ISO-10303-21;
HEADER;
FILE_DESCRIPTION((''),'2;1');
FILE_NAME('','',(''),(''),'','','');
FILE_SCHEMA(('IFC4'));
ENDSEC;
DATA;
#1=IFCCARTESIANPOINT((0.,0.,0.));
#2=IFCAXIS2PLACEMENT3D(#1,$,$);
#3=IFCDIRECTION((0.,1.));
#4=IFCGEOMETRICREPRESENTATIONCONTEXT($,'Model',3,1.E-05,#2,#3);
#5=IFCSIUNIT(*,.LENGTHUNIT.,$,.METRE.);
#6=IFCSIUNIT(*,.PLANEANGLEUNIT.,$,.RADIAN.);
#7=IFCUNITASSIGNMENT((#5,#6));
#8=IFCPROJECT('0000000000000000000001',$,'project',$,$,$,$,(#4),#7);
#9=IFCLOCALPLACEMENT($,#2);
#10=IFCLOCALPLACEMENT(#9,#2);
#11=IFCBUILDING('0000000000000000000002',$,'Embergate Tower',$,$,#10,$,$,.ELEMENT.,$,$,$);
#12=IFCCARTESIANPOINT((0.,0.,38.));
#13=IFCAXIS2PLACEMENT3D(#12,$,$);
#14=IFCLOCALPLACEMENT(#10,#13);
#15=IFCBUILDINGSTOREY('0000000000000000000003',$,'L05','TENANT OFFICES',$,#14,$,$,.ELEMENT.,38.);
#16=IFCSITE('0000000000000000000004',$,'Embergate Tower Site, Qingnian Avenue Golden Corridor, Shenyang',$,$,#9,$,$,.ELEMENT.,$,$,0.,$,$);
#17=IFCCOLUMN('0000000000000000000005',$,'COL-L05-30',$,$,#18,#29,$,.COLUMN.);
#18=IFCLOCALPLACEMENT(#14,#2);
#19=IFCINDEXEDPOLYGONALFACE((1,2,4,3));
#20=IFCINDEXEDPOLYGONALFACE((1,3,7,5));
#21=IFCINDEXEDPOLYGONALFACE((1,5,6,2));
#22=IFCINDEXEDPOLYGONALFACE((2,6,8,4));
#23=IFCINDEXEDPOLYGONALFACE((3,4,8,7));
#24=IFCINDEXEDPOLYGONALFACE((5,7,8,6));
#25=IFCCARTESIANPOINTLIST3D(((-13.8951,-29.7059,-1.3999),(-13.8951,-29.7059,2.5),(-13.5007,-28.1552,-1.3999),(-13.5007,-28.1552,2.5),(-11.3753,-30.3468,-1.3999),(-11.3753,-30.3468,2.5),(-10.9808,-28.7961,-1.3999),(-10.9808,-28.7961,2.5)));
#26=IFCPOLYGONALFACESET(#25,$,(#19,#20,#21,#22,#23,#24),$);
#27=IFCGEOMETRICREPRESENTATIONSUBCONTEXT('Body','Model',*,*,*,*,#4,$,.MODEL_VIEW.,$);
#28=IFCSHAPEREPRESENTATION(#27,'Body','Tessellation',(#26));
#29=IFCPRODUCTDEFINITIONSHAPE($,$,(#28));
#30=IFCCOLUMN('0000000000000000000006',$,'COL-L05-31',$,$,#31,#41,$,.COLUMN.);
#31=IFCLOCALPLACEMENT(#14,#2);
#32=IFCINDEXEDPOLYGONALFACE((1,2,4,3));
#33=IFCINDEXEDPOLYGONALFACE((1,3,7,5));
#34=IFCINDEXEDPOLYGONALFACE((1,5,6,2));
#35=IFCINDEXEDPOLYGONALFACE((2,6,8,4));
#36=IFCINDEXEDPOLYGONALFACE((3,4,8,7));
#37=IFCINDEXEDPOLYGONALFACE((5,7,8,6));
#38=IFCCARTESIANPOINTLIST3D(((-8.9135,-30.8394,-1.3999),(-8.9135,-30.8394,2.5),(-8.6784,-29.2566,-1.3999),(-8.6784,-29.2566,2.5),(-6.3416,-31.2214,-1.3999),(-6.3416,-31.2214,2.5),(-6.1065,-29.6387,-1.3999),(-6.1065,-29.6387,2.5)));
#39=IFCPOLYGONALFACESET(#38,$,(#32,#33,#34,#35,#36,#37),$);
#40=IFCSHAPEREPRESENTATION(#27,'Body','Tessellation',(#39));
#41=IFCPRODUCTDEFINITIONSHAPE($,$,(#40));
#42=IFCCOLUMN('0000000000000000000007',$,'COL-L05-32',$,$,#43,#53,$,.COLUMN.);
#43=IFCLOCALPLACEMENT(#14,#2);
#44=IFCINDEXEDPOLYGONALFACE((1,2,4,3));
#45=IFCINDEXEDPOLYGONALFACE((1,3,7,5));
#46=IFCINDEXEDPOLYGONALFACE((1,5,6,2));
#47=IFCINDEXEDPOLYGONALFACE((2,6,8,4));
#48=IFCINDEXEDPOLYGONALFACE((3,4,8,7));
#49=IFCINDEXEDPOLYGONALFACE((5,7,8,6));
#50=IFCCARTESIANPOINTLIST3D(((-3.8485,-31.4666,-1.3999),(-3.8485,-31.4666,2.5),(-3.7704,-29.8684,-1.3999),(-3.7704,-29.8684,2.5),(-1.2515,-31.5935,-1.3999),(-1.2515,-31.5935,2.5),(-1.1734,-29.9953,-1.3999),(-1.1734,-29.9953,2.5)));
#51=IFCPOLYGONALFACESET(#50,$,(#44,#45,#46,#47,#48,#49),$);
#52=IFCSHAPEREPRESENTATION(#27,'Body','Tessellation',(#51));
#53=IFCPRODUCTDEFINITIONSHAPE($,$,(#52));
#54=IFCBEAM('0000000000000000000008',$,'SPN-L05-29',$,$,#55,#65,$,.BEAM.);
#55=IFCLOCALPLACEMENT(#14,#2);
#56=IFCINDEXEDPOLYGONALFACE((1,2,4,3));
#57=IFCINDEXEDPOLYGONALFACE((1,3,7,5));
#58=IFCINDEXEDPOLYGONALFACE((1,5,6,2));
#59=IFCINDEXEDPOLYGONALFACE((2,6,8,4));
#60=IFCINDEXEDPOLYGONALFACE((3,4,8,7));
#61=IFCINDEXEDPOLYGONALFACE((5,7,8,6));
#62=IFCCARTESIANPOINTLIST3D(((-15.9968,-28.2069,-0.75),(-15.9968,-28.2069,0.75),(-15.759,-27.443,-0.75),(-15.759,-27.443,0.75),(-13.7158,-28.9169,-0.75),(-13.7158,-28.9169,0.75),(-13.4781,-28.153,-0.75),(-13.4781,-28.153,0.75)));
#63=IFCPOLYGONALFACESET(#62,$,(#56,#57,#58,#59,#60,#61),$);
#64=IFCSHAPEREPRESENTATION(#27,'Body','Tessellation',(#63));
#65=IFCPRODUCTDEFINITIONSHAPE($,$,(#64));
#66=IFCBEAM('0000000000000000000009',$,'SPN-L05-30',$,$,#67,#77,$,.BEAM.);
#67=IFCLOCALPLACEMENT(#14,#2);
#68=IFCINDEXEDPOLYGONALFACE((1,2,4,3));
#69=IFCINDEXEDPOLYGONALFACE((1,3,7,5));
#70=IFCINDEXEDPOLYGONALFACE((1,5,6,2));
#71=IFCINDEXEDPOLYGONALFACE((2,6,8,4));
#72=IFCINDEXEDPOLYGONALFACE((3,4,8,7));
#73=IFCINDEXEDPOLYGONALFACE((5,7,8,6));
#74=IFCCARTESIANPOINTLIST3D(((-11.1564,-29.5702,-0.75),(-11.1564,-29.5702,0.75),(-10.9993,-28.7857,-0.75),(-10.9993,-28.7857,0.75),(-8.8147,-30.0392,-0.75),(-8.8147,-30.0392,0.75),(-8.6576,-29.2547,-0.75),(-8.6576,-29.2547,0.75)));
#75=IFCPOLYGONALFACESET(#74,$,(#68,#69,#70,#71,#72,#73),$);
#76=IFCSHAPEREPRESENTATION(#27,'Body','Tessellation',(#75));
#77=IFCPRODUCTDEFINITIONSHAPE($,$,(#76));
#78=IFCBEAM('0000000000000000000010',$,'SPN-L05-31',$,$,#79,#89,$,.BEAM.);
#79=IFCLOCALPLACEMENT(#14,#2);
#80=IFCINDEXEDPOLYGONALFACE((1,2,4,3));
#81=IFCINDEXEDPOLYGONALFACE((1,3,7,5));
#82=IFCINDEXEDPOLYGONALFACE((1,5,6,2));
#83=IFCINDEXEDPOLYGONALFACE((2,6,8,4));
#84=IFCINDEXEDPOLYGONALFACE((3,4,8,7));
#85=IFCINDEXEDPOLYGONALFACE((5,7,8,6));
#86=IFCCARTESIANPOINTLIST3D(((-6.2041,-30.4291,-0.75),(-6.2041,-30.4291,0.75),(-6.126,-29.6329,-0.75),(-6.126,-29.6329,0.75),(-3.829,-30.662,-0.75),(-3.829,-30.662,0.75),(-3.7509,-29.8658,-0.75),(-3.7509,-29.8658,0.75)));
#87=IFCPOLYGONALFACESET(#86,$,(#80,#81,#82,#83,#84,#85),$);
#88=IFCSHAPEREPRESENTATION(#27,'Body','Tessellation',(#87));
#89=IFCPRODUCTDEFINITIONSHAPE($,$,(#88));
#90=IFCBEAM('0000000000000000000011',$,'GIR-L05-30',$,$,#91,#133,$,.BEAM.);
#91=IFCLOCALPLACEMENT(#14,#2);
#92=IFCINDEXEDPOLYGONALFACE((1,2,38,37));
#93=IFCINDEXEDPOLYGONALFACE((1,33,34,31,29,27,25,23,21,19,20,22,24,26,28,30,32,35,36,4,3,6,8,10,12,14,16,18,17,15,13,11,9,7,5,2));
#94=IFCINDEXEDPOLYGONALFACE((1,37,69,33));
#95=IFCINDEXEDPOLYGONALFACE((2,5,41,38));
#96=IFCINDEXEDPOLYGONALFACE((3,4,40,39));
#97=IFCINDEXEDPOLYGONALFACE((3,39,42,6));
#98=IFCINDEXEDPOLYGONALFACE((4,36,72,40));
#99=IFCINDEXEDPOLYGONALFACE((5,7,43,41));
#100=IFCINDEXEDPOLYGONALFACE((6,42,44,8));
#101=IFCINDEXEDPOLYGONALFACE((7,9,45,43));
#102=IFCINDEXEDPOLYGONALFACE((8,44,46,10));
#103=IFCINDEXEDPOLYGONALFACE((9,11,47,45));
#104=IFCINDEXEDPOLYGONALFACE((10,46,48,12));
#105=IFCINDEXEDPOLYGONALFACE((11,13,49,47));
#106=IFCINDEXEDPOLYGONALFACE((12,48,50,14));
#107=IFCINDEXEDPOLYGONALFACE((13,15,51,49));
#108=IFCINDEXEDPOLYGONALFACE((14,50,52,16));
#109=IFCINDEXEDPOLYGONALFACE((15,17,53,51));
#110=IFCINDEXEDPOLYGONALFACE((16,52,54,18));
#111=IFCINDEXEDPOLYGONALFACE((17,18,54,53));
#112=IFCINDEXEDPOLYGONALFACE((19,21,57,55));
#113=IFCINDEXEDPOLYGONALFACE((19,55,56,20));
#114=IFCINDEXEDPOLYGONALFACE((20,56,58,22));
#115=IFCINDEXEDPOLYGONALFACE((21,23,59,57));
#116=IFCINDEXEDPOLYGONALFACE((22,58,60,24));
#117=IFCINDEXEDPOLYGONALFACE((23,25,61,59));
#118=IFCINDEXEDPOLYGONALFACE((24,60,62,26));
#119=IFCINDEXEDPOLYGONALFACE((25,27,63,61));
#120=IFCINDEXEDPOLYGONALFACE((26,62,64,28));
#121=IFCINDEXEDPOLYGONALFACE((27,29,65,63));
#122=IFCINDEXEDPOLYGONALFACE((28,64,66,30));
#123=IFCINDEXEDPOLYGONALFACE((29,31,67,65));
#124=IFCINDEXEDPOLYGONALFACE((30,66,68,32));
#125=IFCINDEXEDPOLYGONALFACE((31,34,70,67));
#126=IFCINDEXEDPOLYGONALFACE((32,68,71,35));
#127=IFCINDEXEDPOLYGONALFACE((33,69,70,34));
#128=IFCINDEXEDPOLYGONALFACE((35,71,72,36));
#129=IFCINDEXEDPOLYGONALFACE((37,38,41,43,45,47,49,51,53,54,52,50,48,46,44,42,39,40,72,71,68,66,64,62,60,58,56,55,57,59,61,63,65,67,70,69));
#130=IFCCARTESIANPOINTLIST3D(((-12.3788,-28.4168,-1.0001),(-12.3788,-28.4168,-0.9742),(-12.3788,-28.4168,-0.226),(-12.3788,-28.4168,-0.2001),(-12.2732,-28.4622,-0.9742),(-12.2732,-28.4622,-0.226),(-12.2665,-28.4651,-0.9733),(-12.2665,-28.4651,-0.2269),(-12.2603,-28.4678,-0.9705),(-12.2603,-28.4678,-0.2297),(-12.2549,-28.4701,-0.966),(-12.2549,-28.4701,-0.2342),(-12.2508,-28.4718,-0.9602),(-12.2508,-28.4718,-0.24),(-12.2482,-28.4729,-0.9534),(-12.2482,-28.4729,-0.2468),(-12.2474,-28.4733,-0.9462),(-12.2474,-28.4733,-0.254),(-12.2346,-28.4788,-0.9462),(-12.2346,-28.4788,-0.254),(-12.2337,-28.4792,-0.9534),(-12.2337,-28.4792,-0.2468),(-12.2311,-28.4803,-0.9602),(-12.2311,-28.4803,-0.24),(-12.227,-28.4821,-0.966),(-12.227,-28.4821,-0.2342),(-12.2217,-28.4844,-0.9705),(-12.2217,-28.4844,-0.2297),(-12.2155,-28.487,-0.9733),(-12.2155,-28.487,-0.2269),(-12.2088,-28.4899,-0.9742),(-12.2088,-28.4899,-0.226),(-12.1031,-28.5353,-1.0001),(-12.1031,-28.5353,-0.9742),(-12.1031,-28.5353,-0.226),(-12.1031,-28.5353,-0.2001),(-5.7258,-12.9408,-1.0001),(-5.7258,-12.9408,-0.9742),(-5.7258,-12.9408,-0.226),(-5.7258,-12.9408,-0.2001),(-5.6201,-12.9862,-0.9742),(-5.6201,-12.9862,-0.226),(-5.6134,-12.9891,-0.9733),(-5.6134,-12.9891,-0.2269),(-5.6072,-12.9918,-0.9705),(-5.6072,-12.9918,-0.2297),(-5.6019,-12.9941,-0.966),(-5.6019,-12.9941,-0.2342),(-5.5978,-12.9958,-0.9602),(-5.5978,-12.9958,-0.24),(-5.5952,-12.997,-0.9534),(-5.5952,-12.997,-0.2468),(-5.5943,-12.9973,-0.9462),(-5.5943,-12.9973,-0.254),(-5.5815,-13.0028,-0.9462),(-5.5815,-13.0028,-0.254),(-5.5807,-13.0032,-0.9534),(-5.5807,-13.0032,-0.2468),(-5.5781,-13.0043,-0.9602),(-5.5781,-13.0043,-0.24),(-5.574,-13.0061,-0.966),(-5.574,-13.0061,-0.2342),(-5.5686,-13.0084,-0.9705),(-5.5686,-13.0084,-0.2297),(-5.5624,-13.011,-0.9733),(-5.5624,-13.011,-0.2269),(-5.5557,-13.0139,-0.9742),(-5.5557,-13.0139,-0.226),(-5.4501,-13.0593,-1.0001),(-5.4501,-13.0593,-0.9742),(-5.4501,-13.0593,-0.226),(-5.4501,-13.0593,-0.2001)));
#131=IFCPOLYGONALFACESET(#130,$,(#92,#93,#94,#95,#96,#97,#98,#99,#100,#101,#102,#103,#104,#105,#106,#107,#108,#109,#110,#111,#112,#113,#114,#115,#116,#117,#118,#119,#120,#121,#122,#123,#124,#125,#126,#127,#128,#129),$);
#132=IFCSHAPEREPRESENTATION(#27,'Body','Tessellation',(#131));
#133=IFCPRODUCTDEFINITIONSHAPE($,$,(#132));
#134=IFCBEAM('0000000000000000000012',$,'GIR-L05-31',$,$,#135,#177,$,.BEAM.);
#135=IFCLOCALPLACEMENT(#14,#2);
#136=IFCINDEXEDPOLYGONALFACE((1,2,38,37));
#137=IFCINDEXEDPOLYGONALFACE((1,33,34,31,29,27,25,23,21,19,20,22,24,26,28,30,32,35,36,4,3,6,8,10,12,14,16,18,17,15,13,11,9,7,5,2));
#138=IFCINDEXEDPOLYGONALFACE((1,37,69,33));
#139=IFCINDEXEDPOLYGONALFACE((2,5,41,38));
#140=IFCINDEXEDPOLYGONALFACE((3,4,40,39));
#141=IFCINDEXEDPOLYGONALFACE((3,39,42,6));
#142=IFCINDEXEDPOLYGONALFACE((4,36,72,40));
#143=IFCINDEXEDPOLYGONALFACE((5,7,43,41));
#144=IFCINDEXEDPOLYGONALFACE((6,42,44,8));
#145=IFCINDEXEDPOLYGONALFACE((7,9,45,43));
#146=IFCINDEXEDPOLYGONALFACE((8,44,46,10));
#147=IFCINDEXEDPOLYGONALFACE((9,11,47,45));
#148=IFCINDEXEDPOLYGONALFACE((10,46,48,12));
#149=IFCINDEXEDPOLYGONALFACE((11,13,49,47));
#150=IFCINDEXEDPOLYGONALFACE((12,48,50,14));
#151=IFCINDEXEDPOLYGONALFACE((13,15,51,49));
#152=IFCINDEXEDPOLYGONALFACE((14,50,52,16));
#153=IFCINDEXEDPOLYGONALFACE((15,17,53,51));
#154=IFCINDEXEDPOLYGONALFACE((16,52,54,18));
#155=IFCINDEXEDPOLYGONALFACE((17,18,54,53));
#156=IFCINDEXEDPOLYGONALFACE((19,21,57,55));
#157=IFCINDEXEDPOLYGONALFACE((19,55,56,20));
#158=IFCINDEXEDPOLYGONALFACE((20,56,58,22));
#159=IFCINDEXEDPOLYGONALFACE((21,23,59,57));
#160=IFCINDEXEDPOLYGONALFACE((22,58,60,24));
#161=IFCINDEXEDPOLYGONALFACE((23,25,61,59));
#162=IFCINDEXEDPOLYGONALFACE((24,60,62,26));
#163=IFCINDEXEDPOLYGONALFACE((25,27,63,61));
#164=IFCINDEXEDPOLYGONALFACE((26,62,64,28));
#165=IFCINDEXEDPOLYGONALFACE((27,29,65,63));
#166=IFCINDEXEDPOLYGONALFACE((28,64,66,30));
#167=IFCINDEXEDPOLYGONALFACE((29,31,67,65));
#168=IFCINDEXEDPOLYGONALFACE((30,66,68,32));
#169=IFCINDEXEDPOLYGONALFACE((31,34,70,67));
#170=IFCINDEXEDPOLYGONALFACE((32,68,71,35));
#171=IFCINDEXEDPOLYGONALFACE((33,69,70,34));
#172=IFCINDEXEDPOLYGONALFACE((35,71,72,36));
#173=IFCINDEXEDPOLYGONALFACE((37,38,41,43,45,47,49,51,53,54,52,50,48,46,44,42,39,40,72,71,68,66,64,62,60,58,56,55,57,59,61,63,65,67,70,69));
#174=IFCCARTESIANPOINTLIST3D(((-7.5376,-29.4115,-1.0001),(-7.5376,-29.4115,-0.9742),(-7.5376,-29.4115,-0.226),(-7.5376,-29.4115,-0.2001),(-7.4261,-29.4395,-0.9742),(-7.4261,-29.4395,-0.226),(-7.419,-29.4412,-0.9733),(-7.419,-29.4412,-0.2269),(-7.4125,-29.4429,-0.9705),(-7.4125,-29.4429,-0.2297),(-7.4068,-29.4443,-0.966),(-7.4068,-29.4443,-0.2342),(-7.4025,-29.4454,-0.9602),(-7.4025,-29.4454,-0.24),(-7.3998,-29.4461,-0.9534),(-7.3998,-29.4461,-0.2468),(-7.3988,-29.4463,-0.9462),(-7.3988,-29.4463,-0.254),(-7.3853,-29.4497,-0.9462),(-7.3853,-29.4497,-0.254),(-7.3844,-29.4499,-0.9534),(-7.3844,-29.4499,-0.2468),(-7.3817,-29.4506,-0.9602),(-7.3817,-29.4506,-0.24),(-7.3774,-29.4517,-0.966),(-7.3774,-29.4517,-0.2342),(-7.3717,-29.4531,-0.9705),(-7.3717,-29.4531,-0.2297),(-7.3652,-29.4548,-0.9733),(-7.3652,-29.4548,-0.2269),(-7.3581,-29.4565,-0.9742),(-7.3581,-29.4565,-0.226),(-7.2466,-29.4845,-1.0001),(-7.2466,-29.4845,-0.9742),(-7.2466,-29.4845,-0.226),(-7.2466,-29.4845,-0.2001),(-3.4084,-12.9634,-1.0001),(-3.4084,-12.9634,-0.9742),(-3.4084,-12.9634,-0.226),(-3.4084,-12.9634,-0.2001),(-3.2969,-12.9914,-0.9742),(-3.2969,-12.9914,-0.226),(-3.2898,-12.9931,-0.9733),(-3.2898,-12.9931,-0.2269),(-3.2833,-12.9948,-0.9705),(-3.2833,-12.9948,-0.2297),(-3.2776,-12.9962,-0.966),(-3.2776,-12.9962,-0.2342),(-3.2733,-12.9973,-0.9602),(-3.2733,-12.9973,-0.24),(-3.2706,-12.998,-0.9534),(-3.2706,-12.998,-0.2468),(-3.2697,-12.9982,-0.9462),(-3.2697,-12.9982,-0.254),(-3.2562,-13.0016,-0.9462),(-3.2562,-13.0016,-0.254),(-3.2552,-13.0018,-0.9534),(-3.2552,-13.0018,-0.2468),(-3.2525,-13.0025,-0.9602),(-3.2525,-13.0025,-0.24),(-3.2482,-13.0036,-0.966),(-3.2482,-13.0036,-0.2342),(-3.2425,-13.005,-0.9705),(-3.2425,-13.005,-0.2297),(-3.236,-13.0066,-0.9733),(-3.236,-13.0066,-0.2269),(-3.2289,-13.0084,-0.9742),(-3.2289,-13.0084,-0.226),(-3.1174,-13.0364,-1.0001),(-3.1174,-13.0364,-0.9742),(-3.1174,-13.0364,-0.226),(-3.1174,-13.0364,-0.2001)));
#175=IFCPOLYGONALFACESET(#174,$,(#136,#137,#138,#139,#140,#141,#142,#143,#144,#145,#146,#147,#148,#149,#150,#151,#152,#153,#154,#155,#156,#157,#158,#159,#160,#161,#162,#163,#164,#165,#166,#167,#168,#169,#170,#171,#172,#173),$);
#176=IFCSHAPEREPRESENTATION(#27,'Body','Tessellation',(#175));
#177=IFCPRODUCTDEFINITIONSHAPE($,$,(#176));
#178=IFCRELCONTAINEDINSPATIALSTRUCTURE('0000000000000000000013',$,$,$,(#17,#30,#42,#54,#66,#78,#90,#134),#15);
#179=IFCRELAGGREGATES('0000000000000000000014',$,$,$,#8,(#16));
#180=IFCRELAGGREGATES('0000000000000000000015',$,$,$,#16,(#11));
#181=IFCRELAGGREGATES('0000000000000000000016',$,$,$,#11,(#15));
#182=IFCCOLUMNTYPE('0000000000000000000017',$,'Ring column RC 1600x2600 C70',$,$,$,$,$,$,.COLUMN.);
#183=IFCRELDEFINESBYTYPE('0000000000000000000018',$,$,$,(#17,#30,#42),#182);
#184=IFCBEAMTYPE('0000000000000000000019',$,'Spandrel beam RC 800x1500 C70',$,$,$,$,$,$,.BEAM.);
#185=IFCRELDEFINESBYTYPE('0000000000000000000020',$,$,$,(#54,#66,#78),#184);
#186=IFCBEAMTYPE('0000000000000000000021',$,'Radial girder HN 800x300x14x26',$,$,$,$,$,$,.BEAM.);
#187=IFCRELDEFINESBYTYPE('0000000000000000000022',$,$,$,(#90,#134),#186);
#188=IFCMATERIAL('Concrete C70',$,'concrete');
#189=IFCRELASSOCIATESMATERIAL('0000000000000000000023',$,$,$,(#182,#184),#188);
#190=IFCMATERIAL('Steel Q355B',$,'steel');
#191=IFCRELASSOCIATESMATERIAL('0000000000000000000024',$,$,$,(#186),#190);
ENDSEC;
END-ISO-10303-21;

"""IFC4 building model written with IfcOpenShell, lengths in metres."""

from ifc_helpers import new_model, si_unit, direction, frame, origin, origin_2d, place, context, subcontext, project, spatial, rectangle, i_section, extrude, source, transform, mapped, material, material_profile, profile_set, type_object, element, save


model = new_model("IFC4")

# Units and contexts
model_context = context("Model", 3, precision=1e-05, world=origin(), true_north=direction((0.0, 1.0)))
body_context = subcontext(model_context, "Body", "Model", "MODEL_VIEW")
ifc_project = project(units=[si_unit("LENGTHUNIT", "METRE"), si_unit("PLANEANGLEUNIT", "RADIAN")], contexts=[model_context])

# Site, building, storey
site_placement = place(None, origin())
site = spatial("IfcSite", under=ifc_project, at=site_placement, Name="Embergate Tower Site, Qingnian Avenue Golden Corridor, Shenyang", CompositionType="ELEMENT", RefElevation=0.0)
building_placement = place(site_placement, origin())
building = spatial("IfcBuilding", under=site, at=building_placement, Name="Embergate Tower", CompositionType="ELEMENT")
storey_placement = place(building_placement, frame((0.0, 0.0, 38.0)))
storey = spatial("IfcBuildingStorey", under=building, at=storey_placement, Name="L05", Description="TENANT OFFICES", CompositionType="ELEMENT", Elevation=38.0)

# Columns
ifc_material_1 = material(Name="Concrete C70", Category="concrete")
ifc_material_profile_1 = material_profile(ifc_material_1, rectangle(XDim=1.6001, YDim=2.6001, at=origin_2d()), Name="RC 1600x2600")
ifc_profile_set_1 = profile_set([ifc_material_profile_1], Name="Concrete C70")
column_type = type_object("IfcColumnType", Name="Ring column RC 1600x2600 C70", PredefinedType="COLUMN", material=ifc_profile_set_1)
shared_shape_1 = source(origin(), body_context, "Body", "SweptSolid", [
    extrude(rectangle(XDim=1.6001, YDim=2.6001, at=origin_2d()), origin(), (0.0, 0.0, 1.0), 3.8999),
])
for number, where, z_axis, x_axis, name in (
    (1, (-12.438, -29.251, -1.3999), (0.0, 0.0, 1.0), (-0.246492, -0.969145, 0.0), "COL-L05-30"),
    (2, (-7.51, -30.239, -1.3999), (0.0, 0.0, 1.0), (-0.146929, -0.989147, 0.0), "COL-L05-31"),
    (3, (-2.511, -30.731, -1.3999), (0.0, 0.0, 1.0), (-0.048815, -0.998808, 0.0), "COL-L05-32"),
):
    element("IfcColumn", number, at=place(storey_placement, frame(where, z_axis=z_axis, x_axis=x_axis)), inside=storey, type_object=column_type, Name=name, PredefinedType="COLUMN", context=body_context, shape_type="MappedRepresentation", body=[
        mapped(shared_shape_1, transform((0.0, 0.0, 0.0))),
    ])

# Beams
ifc_material_profile_2 = material_profile(ifc_material_1, rectangle(XDim=0.8, YDim=1.5, at=origin_2d()), Name="RC 800x1500")
ifc_profile_set_2 = profile_set([ifc_material_profile_2], Name="Concrete C70")
beam_type_1 = type_object("IfcBeamType", Name="Spandrel beam RC 800x1500 C70", PredefinedType="BEAM", material=ifc_profile_set_2)
shared_shape_2 = source(origin(), body_context, "Body", "SweptSolid", [
    extrude(rectangle(XDim=0.8, YDim=1.5, at=origin_2d()), origin(), (0.0, 0.0, 1.0), 2.3889),
])
beam_1_placement = place(storey_placement, frame((-15.8779, -27.825, 0.0), z_axis=(0.954819, -0.297187, 0.0), x_axis=(0.297187, 0.954819, 0.0)))
element("IfcBeam", 4, at=beam_1_placement, inside=storey, type_object=beam_type_1, Name="SPN-L05-29", PredefinedType="BEAM", context=body_context, shape_type="MappedRepresentation", body=[
    mapped(shared_shape_2, transform((0.0, 0.0, 0.0))),
])
shared_shape_3 = source(origin(), body_context, "Body", "SweptSolid", [
    extrude(rectangle(XDim=0.8, YDim=1.5, at=origin_2d()), origin(), (0.0, 0.0, 1.0), 2.3882),
])
beam_2_placement = place(storey_placement, frame((-11.0779, -29.178, 0.0), z_axis=(0.98053, -0.196372, 0.0), x_axis=(0.196372, 0.98053, 0.0)))
element("IfcBeam", 5, at=beam_2_placement, inside=storey, type_object=beam_type_1, Name="SPN-L05-30", PredefinedType="BEAM", context=body_context, shape_type="MappedRepresentation", body=[
    mapped(shared_shape_3, transform((0.0, 0.0, 0.0))),
])
shared_shape_4 = source(origin(), body_context, "Body", "SweptSolid", [
    extrude(rectangle(XDim=0.8, YDim=1.5, at=origin_2d()), origin(), (0.0, 0.0, 1.0), 2.3865),
])
beam_3_placement = place(storey_placement, frame((-6.165, -30.031, 0.0), z_axis=(0.995226, -0.097599, 0.0), x_axis=(0.097599, 0.995226, 0.0)))
element("IfcBeam", 6, at=beam_3_placement, inside=storey, type_object=beam_type_1, Name="SPN-L05-31", PredefinedType="BEAM", context=body_context, shape_type="MappedRepresentation", body=[
    mapped(shared_shape_4, transform((0.0, 0.0, 0.0))),
])
ifc_material_2 = material(Name="Steel Q355B", Category="steel")
ifc_material_profile_3 = material_profile(ifc_material_2, i_section(OverallWidth=0.3, OverallDepth=0.8, WebThickness=0.0139, FlangeThickness=0.0259, FilletRadius=0.0281, at=origin_2d()), Name="HN 800x300x14x26")
ifc_profile_set_3 = profile_set([ifc_material_profile_3], Name="Steel Q355 grade B")
beam_type_2 = type_object("IfcBeamType", Name="Radial girder HN 800x300x14x26", PredefinedType="BEAM", material=ifc_profile_set_3)
shared_shape_5 = source(origin(), body_context, "Body", "SweptSolid", [
    extrude(i_section(OverallWidth=0.3, OverallDepth=0.8, WebThickness=0.0139, FlangeThickness=0.0259, FilletRadius=0.0281, at=origin_2d()), origin(), (0.0, 0.0, 1.0), 16.8455),
])
beam_4_placement = place(storey_placement, frame((-12.241, -28.4761, -0.6001), z_axis=(0.394946, 0.918704, 0.0), x_axis=(-0.918704, 0.394946, 0.0)))
element("IfcBeam", 7, at=beam_4_placement, inside=storey, type_object=beam_type_2, Name="GIR-L05-30", PredefinedType="BEAM", context=body_context, shape_type="MappedRepresentation", body=[
    mapped(shared_shape_5, transform((0.0, 0.0, 0.0))),
])
shared_shape_6 = source(origin(), body_context, "Body", "SweptSolid", [
    extrude(i_section(OverallWidth=0.3, OverallDepth=0.8, WebThickness=0.0139, FlangeThickness=0.0259, FilletRadius=0.0281, at=origin_2d()), origin(), (0.0, 0.0, 1.0), 16.9585),
])
beam_5_placement = place(storey_placement, frame((-7.3921, -29.448, -0.6001), z_axis=(0.243487, 0.969904, 0.0), x_axis=(-0.969904, 0.243487, 0.0)))
element("IfcBeam", 8, at=beam_5_placement, inside=storey, type_object=beam_type_2, Name="GIR-L05-31", PredefinedType="BEAM", context=body_context, shape_type="MappedRepresentation", body=[
    mapped(shared_shape_6, transform((0.0, 0.0, 0.0))),
])

save(model, "model.ifc")
